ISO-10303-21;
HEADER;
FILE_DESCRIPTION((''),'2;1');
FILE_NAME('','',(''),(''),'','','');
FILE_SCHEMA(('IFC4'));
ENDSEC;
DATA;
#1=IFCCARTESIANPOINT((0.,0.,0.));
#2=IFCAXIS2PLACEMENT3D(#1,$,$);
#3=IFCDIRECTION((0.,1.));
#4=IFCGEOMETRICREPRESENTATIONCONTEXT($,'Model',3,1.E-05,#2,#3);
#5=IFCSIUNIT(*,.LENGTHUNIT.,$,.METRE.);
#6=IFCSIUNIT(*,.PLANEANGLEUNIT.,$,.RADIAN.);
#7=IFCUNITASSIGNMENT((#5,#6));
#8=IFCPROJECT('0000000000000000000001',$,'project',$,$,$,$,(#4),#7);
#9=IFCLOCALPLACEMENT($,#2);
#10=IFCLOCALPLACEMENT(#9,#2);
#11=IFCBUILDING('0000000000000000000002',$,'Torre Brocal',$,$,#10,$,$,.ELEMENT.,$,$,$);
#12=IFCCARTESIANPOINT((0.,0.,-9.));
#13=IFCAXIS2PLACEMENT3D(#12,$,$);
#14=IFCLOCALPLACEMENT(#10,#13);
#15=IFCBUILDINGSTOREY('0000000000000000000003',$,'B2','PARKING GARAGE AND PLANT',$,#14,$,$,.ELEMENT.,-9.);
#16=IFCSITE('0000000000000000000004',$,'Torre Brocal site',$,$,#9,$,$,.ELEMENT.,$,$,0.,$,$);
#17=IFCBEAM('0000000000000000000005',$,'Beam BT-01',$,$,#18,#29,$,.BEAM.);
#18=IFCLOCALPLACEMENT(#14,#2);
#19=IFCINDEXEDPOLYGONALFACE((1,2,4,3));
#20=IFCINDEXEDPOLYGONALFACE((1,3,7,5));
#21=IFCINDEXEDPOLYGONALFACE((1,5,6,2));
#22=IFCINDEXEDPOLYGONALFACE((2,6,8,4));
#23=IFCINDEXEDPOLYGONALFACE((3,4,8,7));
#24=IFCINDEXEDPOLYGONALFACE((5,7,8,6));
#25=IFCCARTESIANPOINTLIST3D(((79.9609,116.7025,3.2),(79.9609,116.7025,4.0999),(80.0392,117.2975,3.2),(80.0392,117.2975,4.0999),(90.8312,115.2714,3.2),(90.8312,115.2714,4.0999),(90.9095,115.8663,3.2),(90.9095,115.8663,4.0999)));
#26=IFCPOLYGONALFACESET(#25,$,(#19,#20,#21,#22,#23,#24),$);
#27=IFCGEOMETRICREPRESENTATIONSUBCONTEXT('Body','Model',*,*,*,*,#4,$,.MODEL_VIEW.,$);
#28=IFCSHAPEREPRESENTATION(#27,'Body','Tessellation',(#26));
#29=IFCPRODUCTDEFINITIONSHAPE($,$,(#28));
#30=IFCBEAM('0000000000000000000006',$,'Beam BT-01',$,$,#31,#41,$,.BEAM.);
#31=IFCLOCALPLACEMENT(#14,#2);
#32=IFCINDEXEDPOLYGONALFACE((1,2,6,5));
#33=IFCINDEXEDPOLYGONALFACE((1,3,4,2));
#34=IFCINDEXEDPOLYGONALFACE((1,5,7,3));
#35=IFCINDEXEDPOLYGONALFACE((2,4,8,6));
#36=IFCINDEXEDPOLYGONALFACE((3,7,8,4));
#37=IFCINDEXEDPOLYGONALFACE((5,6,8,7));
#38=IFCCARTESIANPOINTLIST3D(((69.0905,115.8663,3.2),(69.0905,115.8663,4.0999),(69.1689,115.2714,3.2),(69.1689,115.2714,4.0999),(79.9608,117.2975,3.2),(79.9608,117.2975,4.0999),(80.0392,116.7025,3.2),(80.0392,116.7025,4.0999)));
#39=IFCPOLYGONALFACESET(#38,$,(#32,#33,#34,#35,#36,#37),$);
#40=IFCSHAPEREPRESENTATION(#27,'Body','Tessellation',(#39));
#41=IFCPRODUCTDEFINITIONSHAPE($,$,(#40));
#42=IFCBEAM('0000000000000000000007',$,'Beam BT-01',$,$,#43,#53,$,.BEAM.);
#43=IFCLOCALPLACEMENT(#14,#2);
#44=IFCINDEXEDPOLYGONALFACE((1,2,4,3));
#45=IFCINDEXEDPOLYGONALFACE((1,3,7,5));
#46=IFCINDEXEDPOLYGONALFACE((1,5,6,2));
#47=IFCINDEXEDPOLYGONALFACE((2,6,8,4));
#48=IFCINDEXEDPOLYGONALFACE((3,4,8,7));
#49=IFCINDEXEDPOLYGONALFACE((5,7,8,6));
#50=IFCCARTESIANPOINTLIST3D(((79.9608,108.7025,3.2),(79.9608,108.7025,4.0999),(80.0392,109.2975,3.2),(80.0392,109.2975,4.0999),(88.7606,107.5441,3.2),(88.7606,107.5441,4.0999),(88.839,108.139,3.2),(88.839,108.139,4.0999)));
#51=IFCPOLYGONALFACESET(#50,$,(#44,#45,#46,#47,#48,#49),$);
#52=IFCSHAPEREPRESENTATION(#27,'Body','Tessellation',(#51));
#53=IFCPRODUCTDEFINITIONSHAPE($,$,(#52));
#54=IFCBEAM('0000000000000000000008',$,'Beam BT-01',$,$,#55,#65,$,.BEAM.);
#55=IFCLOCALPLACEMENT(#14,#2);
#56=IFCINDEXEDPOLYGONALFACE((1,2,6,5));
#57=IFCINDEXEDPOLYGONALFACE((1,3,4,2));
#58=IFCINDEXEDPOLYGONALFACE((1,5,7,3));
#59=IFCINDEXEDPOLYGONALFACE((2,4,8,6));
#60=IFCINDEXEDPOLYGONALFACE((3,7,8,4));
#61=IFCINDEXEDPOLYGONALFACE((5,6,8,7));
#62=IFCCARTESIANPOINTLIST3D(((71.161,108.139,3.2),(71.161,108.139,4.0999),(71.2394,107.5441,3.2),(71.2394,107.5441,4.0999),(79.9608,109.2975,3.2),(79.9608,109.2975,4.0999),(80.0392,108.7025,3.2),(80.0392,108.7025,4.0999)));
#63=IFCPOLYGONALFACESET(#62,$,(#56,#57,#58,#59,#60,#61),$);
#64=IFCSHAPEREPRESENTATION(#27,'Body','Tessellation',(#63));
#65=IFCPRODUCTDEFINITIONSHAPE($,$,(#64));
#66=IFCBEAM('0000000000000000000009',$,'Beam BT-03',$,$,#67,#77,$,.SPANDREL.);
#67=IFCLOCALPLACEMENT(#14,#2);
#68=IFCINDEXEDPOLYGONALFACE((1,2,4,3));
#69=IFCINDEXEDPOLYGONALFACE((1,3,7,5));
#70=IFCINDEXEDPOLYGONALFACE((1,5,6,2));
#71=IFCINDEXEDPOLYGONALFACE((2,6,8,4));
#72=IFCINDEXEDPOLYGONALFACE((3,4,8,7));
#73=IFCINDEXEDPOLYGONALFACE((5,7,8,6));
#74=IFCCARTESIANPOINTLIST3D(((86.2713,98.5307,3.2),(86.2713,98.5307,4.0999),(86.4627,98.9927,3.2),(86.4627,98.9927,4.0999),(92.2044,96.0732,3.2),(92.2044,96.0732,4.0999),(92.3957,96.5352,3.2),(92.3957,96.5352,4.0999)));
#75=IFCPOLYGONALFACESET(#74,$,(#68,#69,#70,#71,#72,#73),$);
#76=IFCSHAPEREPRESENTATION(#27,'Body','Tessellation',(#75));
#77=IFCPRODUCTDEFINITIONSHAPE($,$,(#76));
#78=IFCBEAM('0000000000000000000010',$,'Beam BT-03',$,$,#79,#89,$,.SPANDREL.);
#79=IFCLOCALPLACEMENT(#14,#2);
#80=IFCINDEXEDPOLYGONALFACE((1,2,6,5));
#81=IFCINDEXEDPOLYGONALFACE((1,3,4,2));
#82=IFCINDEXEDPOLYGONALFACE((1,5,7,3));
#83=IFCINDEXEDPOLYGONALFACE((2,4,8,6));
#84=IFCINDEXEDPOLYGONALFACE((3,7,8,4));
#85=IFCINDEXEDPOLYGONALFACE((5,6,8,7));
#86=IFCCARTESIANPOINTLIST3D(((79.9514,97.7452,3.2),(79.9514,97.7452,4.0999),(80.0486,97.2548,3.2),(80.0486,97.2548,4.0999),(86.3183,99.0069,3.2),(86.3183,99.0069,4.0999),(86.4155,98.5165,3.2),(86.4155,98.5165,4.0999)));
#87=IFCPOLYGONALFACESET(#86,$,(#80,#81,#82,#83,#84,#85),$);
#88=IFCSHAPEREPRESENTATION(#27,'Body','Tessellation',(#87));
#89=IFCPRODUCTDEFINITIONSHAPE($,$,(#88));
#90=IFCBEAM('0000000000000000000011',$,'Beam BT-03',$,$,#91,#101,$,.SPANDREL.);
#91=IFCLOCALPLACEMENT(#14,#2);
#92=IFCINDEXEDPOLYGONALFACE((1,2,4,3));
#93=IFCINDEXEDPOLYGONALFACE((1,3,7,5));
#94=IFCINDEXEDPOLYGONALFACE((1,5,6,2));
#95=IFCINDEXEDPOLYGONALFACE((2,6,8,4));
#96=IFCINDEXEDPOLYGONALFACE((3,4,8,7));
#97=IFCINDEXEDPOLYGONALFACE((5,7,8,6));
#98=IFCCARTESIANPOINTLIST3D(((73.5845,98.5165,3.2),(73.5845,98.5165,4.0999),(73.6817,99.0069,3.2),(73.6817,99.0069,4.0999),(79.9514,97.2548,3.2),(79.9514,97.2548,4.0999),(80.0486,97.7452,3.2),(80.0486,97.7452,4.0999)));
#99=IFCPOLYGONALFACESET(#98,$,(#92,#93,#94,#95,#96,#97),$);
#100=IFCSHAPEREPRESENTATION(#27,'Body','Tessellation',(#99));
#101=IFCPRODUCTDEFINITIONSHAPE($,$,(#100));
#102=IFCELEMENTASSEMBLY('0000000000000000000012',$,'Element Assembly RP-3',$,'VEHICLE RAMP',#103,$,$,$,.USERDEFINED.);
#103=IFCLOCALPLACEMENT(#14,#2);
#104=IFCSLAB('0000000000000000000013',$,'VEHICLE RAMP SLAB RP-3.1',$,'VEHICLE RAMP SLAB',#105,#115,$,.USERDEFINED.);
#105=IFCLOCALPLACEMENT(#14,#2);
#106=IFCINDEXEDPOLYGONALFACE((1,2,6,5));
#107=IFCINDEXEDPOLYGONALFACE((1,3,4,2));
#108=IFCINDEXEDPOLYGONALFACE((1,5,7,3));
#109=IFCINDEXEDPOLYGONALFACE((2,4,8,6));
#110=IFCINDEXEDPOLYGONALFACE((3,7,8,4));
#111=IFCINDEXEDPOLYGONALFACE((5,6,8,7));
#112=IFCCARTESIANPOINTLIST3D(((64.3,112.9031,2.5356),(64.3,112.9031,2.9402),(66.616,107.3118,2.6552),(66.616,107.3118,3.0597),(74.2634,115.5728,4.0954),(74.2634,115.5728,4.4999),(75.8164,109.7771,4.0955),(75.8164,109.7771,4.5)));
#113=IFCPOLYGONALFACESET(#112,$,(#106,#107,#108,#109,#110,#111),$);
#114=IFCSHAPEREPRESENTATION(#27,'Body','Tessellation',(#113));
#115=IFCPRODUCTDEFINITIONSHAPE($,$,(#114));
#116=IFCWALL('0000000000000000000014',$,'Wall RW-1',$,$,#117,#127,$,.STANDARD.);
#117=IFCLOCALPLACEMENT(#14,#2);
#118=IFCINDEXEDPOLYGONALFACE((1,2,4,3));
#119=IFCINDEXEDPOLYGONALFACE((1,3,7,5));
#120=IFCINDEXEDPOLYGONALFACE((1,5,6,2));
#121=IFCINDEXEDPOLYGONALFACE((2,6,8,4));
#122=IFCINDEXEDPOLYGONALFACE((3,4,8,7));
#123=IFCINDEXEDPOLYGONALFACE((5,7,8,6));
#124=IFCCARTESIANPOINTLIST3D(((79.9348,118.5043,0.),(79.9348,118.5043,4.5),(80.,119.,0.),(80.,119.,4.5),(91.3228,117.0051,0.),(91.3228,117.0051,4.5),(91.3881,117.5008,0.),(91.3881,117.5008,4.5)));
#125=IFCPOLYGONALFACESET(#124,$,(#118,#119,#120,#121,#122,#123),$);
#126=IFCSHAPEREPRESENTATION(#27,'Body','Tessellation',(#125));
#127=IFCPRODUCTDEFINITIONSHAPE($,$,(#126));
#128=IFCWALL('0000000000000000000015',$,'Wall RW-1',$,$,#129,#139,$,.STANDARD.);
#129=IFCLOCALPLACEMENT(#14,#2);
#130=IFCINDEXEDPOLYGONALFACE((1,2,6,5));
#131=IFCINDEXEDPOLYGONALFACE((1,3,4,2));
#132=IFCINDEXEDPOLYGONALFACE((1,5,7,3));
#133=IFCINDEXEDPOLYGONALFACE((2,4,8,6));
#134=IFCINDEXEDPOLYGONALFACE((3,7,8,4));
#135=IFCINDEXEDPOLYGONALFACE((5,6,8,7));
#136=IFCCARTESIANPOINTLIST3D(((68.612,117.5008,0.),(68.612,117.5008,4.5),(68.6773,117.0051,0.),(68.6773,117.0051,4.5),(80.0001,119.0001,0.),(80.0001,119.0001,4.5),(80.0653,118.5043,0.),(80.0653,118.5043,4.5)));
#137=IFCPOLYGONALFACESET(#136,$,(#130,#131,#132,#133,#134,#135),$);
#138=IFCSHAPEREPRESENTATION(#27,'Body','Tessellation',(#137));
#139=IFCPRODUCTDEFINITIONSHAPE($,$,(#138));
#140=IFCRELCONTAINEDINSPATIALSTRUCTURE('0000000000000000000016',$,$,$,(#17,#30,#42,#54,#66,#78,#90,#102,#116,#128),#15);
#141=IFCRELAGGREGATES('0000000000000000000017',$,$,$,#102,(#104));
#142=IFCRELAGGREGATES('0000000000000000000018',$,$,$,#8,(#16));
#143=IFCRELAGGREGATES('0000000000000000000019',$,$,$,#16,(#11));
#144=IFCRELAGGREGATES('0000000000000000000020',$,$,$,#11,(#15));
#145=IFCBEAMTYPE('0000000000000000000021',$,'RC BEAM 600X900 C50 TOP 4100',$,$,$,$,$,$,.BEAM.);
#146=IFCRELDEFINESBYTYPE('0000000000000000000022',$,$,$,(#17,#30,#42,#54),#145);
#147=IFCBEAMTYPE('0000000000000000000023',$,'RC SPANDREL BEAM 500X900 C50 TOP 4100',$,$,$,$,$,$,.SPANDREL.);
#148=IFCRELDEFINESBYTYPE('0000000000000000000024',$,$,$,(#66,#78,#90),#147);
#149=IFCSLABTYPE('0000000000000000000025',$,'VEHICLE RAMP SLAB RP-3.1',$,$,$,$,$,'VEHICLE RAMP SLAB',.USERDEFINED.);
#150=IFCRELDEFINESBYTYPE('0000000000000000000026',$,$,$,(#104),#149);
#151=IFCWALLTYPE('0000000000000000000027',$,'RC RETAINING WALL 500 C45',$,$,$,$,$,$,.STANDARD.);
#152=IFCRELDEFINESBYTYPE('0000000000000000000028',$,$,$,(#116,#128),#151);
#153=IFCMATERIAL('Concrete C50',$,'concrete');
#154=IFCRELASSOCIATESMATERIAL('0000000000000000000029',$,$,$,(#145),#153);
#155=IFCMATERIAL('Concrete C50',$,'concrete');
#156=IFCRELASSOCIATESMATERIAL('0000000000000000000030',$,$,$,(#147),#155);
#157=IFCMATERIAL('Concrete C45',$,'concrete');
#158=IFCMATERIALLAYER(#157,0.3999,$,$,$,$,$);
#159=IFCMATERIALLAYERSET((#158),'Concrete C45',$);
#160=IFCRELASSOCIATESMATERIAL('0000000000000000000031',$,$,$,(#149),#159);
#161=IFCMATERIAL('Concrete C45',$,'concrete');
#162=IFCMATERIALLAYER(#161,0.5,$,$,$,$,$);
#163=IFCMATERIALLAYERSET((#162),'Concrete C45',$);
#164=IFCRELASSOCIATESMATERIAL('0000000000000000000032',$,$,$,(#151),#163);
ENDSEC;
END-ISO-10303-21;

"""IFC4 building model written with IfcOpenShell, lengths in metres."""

from ifc_helpers import new_model, si_unit, direction, frame, frame_2d, origin, origin_2d, place, context, subcontext, project, spatial, polyline, rectangle, outline, extrude, material, layer, layer_set, material_profile, profile_set, type_object, element, aggregate, save


model = new_model("IFC4")

# Units and contexts
model_context = context("Model", 3, precision=1e-05, world=origin(), true_north=direction((0.0, 1.0)))
body_context = subcontext(model_context, "Body", "Model", "MODEL_VIEW")
ifc_project = project(units=[si_unit("LENGTHUNIT", "METRE"), si_unit("PLANEANGLEUNIT", "RADIAN")], contexts=[model_context])

# Site, building, storey
site_placement = place(None, origin())
site = spatial("IfcSite", under=ifc_project, at=site_placement, Name="Torre Brocal site", CompositionType="ELEMENT", RefElevation=0.0)
building_placement = place(site_placement, origin())
building = spatial("IfcBuilding", under=site, at=building_placement, Name="Torre Brocal", CompositionType="ELEMENT")
storey_placement = place(building_placement, frame((0.0, 0.0, -9.0)))
storey = spatial("IfcBuildingStorey", under=building, at=storey_placement, Name="B2", Description="PARKING GARAGE AND PLANT", CompositionType="ELEMENT", Elevation=-9.0)

# Beams
ifc_material_1 = material(Name="Concrete C50", Category="concrete")
ifc_material_profile_1 = material_profile(ifc_material_1, rectangle(XDim=0.6001, YDim=0.8999, at=origin_2d()), Name="RC 600X900")
ifc_profile_set_1 = profile_set([ifc_material_profile_1], Name="Concrete C50")
beam_type_1 = type_object("IfcBeamType", Name="RC BEAM 600X900 C50 TOP 4100", PredefinedType="BEAM", material=ifc_profile_set_1)
for number, where, z_axis, x_axis, name in (
    (1, (90.8704, 115.5688, 3.6499), (-0.991444, 0.13053, 0.0), (-0.13053, -0.991444, 0.0), "Beam BT-01"),
    (2, (80.0, 117.0, 3.6499), (-0.991444, -0.13053, 0.0), (0.13053, -0.991444, 0.0), "Beam BT-01"),
):
    element("IfcBeam", number, at=place(storey_placement, frame(where, z_axis=z_axis, x_axis=x_axis)), inside=storey, type_object=beam_type_1, Name=name, PredefinedType="BEAM", context=body_context, shape_type="SweptSolid", body=[
        extrude(rectangle(XDim=0.6001, YDim=0.8999, at=origin_2d()), origin(), (0.0, 0.0, 1.0), 10.9641),
    ])
for number, where, z_axis, x_axis, name in (
    (3, (88.7998, 107.8416, 3.6499), (-0.991446, 0.130519, 0.0), (-0.130519, -0.991446, 0.0), "Beam BT-01"),
    (4, (80.0, 109.0, 3.6499), (-0.991446, -0.130519, 0.0), (0.130519, -0.991446, 0.0), "Beam BT-01"),
):
    element("IfcBeam", number, at=place(storey_placement, frame(where, z_axis=z_axis, x_axis=x_axis)), inside=storey, type_object=beam_type_1, Name=name, PredefinedType="BEAM", context=body_context, shape_type="SweptSolid", body=[
        extrude(rectangle(XDim=0.6001, YDim=0.8999, at=origin_2d()), origin(), (0.0, 0.0, 1.0), 8.8757),
    ])
ifc_material_2 = material(Name="Concrete C50", Category="concrete")
ifc_material_profile_2 = material_profile(ifc_material_2, rectangle(XDim=0.5, YDim=0.8999, at=origin_2d()), Name="RC 500X900")
ifc_profile_set_2 = profile_set([ifc_material_profile_2], Name="Concrete C50")
beam_type_2 = type_object("IfcBeamType", Name="RC SPANDREL BEAM 500X900 C50 TOP 4100", PredefinedType="SPANDREL", material=ifc_profile_set_2)
beam_placement = place(storey_placement, frame((92.3, 96.3042, 3.6499), z_axis=(-0.923882, 0.382676, 0.0), x_axis=(-0.382676, -0.923882, 0.0)))
element("IfcBeam", 5, at=beam_placement, inside=storey, type_object=beam_type_2, Name="Beam BT-03", PredefinedType="SPANDREL", context=body_context, shape_type="SweptSolid", body=[
    extrude(rectangle(XDim=0.5, YDim=0.8999, at=origin_2d()), origin(), (0.0, 0.0, 1.0), 6.4219),
])
for number, where, z_axis, x_axis, name in (
    (6, (86.3669, 98.7617, 3.6499), (-0.980925, -0.194387, 0.0), (0.194387, -0.980925, 0.0), "Beam BT-03"),
    (7, (80.0, 97.5, 3.6499), (-0.980925, 0.194387, 0.0), (-0.194387, -0.980925, 0.0), "Beam BT-03"),
):
    element("IfcBeam", number, at=place(storey_placement, frame(where, z_axis=z_axis, x_axis=x_axis)), inside=storey, type_object=beam_type_2, Name=name, PredefinedType="SPANDREL", context=body_context, shape_type="SweptSolid", body=[
        extrude(rectangle(XDim=0.5, YDim=0.8999, at=origin_2d()), origin(), (0.0, 0.0, 1.0), 6.4907),
    ])

# Element assembly, slab
assembly_placement = place(storey_placement, origin())
assembly = element("IfcElementAssembly", 8, at=assembly_placement, inside=storey, Name="Element Assembly RP-3", ObjectType="VEHICLE RAMP", PredefinedType="USERDEFINED")
ifc_material_3 = material(Name="Concrete C45", Category="concrete")
ifc_layer_1 = layer(ifc_material_3, 0.3999)
ifc_layer_set_1 = layer_set([ifc_layer_1], Name="Concrete C45")
slab_type = type_object("IfcSlabType", Name="VEHICLE RAMP SLAB RP-3.1", ElementType="VEHICLE RAMP SLAB", PredefinedType="USERDEFINED", material=ifc_layer_set_1)
slab_placement = place(storey_placement, frame((75.8164, 109.7771, 4.5), z_axis=(-0.144421, -0.038681, 0.98876), x_axis=(-0.258823, 0.965925, -0.000016)))
slab = element("IfcSlab", 9, at=slab_placement, type_object=slab_type, Name="VEHICLE RAMP SLAB RP-3.1", ObjectType="VEHICLE RAMP SLAB", PredefinedType="USERDEFINED", context=body_context, shape_type="SweptSolid", body=[
    extrude(outline(polyline([(0.0, 0.0), (6.0001, 0.0), (6.0002, 10.4321), (0.0, 9.6333), (0.0, 0.0)])), origin(), (0.000016, 0.149511, -0.98876), 0.4045),
])
aggregate(assembly, [slab])

# Walls
ifc_material_4 = material(Name="Concrete C45", Category="concrete")
ifc_layer_2 = layer(ifc_material_4, 0.5)
ifc_layer_set_2 = layer_set([ifc_layer_2], Name="Concrete C45")
wall_type = type_object("IfcWallType", Name="RC RETAINING WALL 500 C45", PredefinedType="STANDARD", material=ifc_layer_set_2)
for number, where, z_axis, x_axis, name in (
    (10, (91.3555, 117.2529, 0.0), (0.0, 0.0, 1.0), (-0.991445, 0.130525, 0.0), "Wall RW-1"),
    (11, (80.0327, 118.7522, 0.0), (0.0, 0.0, 1.0), (-0.991445, -0.130525, 0.0), "Wall RW-1"),
):
    element("IfcWall", number, at=place(storey_placement, frame(where, z_axis=z_axis, x_axis=x_axis)), inside=storey, type_object=wall_type, Name=name, PredefinedType="STANDARD", context=body_context, shape_type="SweptSolid", body=[
        extrude(rectangle(XDim=11.4863, YDim=0.5, at=frame_2d((5.7432, 0.0))), origin(), (0.0, 0.0, 1.0), 4.5),
    ])

save(model, "model.ifc")
